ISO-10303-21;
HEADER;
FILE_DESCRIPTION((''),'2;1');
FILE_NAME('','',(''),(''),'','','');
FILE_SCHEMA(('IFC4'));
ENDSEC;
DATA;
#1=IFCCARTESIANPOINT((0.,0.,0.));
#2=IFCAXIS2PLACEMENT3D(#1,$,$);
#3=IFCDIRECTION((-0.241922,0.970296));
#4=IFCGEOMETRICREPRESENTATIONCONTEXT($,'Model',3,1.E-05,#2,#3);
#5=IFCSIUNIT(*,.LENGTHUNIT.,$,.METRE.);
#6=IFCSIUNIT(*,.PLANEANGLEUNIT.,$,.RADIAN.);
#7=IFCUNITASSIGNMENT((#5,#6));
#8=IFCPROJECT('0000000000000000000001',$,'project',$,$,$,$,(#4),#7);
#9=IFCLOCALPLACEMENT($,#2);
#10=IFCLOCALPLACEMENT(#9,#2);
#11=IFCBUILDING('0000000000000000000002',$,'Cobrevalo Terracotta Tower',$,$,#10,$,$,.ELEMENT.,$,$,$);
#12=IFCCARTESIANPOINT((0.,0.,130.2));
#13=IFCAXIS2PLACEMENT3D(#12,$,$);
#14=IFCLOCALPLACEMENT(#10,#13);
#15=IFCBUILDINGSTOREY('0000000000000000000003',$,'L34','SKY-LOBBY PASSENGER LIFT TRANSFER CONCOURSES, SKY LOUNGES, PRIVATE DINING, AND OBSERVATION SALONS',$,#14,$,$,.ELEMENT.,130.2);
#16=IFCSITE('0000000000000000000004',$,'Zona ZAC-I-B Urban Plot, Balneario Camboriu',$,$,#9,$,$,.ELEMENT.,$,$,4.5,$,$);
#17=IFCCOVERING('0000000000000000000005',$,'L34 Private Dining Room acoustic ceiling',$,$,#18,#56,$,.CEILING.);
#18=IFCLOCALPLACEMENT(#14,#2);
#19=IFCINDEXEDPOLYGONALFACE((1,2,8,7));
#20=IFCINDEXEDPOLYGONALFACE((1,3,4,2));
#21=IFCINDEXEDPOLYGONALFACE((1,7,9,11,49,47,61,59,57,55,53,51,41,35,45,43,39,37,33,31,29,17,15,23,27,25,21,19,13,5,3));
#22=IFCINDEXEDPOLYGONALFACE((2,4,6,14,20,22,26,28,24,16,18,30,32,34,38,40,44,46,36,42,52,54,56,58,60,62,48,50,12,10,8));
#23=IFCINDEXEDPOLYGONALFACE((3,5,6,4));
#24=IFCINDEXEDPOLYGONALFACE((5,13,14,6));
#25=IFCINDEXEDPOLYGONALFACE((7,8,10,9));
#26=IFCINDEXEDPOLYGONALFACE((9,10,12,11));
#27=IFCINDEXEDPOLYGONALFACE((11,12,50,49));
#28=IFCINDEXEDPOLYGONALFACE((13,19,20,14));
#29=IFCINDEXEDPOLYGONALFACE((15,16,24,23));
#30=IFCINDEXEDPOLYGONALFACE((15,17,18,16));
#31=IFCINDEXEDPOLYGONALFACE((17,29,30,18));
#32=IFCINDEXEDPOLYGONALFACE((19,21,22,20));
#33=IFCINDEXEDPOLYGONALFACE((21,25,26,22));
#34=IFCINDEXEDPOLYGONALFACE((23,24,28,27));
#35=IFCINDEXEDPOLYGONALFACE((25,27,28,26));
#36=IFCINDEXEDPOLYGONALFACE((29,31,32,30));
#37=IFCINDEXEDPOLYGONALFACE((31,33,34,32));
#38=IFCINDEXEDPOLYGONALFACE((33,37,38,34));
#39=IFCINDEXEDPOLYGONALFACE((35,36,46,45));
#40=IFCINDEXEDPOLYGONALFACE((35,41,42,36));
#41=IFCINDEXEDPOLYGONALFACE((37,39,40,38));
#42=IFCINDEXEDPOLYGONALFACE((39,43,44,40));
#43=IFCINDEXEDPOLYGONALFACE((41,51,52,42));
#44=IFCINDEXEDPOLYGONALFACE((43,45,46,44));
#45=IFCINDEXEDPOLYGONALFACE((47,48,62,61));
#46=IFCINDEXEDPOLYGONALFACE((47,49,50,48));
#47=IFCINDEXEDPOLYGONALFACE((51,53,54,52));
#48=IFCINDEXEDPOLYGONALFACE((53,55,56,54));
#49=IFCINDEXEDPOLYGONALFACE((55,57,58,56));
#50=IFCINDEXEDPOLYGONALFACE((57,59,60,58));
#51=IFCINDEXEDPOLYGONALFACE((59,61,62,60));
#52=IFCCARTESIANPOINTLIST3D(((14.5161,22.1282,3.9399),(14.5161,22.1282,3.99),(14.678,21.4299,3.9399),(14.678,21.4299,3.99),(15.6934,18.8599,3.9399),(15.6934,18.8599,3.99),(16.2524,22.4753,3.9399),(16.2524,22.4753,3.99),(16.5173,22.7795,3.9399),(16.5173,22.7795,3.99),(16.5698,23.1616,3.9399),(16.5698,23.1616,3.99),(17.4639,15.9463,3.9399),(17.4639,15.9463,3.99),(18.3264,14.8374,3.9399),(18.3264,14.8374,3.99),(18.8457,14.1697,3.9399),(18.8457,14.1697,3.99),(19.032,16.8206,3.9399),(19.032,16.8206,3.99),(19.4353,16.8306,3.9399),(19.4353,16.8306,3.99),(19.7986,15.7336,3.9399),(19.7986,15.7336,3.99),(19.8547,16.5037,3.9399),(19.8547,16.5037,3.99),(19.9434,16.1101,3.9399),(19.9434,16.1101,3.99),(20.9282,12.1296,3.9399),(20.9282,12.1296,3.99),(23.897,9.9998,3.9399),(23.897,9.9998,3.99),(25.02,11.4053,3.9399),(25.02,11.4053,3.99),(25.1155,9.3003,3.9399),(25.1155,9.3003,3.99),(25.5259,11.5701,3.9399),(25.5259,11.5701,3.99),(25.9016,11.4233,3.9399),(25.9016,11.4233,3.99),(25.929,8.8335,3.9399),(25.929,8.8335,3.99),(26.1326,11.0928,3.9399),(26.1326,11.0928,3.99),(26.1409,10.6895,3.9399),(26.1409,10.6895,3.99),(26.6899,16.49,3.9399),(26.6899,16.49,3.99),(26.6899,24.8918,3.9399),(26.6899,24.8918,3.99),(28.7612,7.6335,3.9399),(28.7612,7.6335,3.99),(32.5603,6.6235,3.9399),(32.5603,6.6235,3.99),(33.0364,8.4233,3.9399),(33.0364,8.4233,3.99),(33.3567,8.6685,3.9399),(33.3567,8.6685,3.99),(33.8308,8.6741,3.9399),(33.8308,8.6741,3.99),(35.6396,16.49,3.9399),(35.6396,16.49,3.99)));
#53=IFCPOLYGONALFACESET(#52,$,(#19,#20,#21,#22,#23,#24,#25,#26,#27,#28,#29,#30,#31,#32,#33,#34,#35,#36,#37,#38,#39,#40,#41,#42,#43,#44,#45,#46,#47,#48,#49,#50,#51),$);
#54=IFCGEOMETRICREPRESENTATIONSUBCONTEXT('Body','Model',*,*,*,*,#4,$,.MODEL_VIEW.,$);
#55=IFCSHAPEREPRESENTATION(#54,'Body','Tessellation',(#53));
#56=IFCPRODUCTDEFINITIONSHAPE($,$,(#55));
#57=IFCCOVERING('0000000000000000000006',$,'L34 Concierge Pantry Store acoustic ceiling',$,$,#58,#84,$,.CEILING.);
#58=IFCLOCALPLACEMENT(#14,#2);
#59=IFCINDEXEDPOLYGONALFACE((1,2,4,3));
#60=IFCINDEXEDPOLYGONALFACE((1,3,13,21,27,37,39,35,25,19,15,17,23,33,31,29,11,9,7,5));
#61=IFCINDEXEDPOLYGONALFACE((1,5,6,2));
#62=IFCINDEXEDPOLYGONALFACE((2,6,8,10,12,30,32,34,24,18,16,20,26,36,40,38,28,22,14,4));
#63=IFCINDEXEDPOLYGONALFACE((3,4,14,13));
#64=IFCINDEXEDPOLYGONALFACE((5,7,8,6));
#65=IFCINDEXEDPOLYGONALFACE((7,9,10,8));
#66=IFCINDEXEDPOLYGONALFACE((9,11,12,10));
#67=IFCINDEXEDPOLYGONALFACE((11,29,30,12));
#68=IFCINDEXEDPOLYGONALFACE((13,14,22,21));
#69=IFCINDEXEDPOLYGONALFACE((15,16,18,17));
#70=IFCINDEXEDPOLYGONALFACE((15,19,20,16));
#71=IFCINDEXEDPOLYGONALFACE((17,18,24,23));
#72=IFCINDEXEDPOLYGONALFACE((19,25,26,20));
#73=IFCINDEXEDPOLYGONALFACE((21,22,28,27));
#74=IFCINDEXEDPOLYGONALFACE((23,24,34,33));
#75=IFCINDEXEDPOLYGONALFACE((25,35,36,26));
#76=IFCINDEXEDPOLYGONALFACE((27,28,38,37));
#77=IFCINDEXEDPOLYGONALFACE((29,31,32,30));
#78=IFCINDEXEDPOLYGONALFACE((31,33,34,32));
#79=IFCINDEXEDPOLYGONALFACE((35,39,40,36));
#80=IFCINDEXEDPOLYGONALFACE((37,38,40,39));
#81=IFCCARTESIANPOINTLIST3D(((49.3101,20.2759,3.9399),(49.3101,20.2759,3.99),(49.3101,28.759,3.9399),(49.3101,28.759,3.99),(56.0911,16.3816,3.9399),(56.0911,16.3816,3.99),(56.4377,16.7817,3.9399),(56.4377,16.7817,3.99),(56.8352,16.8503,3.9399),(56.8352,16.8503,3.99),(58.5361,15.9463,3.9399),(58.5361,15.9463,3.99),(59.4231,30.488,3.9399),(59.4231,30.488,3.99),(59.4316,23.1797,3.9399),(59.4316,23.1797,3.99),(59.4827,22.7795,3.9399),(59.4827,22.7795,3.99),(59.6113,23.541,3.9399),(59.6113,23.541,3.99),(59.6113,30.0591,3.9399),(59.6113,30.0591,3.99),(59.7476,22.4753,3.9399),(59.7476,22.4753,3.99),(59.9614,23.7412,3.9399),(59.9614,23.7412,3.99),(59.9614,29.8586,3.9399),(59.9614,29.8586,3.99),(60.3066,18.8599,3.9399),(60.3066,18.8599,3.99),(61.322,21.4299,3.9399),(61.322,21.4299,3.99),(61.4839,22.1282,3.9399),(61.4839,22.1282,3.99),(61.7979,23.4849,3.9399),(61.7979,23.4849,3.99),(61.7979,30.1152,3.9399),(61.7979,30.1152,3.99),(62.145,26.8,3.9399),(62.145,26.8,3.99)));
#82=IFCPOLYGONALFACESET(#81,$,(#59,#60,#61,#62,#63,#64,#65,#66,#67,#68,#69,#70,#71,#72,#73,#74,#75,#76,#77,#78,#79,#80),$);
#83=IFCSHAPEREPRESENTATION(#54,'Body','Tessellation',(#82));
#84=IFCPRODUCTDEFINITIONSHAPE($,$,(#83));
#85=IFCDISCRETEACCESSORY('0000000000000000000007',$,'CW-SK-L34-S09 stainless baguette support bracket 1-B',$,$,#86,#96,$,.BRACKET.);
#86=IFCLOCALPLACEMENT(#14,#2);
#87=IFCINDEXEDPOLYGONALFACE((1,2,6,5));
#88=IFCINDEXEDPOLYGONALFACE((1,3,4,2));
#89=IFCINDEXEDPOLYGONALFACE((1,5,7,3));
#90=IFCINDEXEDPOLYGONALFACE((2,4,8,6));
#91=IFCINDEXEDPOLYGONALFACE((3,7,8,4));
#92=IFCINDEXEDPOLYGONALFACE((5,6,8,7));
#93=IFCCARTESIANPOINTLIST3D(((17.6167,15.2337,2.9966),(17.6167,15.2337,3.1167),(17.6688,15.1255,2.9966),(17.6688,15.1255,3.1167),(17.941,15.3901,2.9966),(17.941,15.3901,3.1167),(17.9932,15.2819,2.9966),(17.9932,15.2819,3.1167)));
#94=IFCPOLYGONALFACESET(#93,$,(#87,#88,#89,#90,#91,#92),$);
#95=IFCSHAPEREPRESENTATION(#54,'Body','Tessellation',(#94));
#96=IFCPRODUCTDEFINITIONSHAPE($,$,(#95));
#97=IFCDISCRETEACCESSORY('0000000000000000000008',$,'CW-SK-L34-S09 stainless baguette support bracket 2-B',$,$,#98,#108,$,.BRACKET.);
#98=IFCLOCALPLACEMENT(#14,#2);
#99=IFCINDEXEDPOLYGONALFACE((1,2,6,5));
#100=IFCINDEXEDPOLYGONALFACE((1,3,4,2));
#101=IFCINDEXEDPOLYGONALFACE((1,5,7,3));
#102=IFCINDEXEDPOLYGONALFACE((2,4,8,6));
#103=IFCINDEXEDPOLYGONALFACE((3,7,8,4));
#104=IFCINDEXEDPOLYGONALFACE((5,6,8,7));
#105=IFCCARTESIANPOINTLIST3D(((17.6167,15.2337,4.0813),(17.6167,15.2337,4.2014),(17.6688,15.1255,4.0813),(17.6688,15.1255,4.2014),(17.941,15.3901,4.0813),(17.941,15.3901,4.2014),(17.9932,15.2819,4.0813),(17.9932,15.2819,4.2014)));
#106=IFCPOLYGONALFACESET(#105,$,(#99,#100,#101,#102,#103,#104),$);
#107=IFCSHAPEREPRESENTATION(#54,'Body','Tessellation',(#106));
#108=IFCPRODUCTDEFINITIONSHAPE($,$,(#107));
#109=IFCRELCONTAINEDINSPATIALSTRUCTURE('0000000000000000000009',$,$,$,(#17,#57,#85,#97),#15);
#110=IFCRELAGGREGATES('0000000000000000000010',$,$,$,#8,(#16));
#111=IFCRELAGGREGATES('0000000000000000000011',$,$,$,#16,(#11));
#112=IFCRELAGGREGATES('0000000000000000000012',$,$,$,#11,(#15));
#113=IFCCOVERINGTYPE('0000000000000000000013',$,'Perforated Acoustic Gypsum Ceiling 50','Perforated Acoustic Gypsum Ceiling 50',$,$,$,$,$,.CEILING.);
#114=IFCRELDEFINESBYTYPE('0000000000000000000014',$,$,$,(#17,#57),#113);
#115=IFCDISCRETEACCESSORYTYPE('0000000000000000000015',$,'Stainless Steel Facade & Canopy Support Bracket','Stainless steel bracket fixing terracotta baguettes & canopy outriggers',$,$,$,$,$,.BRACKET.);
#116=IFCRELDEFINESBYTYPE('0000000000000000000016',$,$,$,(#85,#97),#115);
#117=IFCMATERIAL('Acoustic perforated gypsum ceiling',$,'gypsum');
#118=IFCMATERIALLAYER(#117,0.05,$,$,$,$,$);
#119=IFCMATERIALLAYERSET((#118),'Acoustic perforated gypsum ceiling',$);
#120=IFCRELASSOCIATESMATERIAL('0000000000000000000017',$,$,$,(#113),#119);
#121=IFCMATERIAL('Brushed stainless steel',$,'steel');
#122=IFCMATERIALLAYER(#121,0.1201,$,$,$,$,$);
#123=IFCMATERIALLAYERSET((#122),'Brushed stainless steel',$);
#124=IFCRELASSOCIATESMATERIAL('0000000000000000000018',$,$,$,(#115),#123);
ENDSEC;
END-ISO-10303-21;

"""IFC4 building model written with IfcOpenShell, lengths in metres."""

from ifc_helpers import new_model, si_unit, direction, frame, origin, origin_2d, place, context, subcontext, project, spatial, polyline, rectangle, outline, extrude, source, transform, mapped, material, layer, layer_set, type_object, element, save


model = new_model("IFC4")

# Units and contexts
model_context = context("Model", 3, precision=1e-05, world=origin(), true_north=direction((-0.241922, 0.970296)))
body_context = subcontext(model_context, "Body", "Model", "MODEL_VIEW")
ifc_project = project(units=[si_unit("LENGTHUNIT", "METRE"), si_unit("PLANEANGLEUNIT", "RADIAN")], contexts=[model_context])

# Site, building, storey
site_placement = place(None, origin())
site = spatial("IfcSite", under=ifc_project, at=site_placement, Name="Zona ZAC-I-B Urban Plot, Balneario Camboriu", CompositionType="ELEMENT", RefElevation=4.5)
building_placement = place(site_placement, origin())
building = spatial("IfcBuilding", under=site, at=building_placement, Name="Cobrevalo Terracotta Tower", CompositionType="ELEMENT")
storey_placement = place(building_placement, frame((0.0, 0.0, 130.2)))
storey = spatial("IfcBuildingStorey", under=building, at=storey_placement, Name="L34", Description="SKY-LOBBY PASSENGER LIFT TRANSFER CONCOURSES, SKY LOUNGES, PRIVATE DINING, AND OBSERVATION SALONS", CompositionType="ELEMENT", Elevation=130.2)

# Coverings
ifc_material_1 = material(Name="Acoustic perforated gypsum ceiling", Category="gypsum")
ifc_layer_1 = layer(ifc_material_1, 0.05)
ifc_layer_set_1 = layer_set([ifc_layer_1], Name="Acoustic perforated gypsum ceiling")
covering_type_1 = type_object("IfcCoveringType", Name="Perforated Acoustic Gypsum Ceiling 50", Description="Perforated Acoustic Gypsum Ceiling 50", PredefinedType="CEILING", material=ifc_layer_set_1)
covering_1_placement = place(storey_placement, frame((0.0, 0.0, 3.9399)))
element("IfcCovering", 1, at=covering_1_placement, inside=storey, type_object=covering_type_1, Name="L34 Private Dining Room acoustic ceiling", PredefinedType="CEILING", context=body_context, shape_type="SweptSolid", body=[
    extrude(outline(polyline([(28.7612, 7.6335), (25.929, 8.8335), (25.1155, 9.3003), (26.1409, 10.6895), (26.1326, 11.0928), (25.9016, 11.4233), (25.5259, 11.5701), (25.02, 11.4053), (23.897, 9.9998), (20.9282, 12.1296), (18.8457, 14.1697), (18.3264, 14.8374), (19.7986, 15.7336), (19.9434, 16.1101), (19.8547, 16.5037), (19.4353, 16.8306), (19.032, 16.8206), (17.4639, 15.9463), (15.6934, 18.8599), (14.678, 21.4299), (14.5161, 22.1282), (16.2524, 22.4753), (16.5173, 22.7795), (16.5698, 23.1616), (26.6899, 24.8918), (26.6899, 16.49), (35.6396, 16.49), (33.8308, 8.6741), (33.3567, 8.6685), (33.0364, 8.4233), (32.5603, 6.6235), (28.7612, 7.6335)])), origin(), (0.0, 0.0, 1.0), 0.05),
])
covering_2_placement = place(storey_placement, frame((0.0, 0.0, 3.9399)))
element("IfcCovering", 2, at=covering_2_placement, inside=storey, type_object=covering_type_1, Name="L34 Concierge Pantry Store acoustic ceiling", PredefinedType="CEILING", context=body_context, shape_type="SweptSolid", body=[
    extrude(outline(polyline([(60.3066, 18.8599), (58.5361, 15.9463), (56.8352, 16.8503), (56.4377, 16.7817), (56.0911, 16.3816), (49.3101, 20.2759), (49.3101, 28.759), (59.4231, 30.488), (59.6113, 30.0591), (59.9614, 29.8586), (61.7979, 30.1152), (62.145, 26.8), (61.7979, 23.4849), (59.9614, 23.7412), (59.6113, 23.541), (59.4316, 23.1797), (59.4827, 22.7795), (59.7476, 22.4753), (61.4839, 22.1282), (61.322, 21.4299), (60.3066, 18.8599)])), origin(), (0.0, 0.0, 1.0), 0.05),
])

# Discrete accessories
ifc_material_2 = material(Name="Brushed stainless steel", Category="steel")
ifc_layer_2 = layer(ifc_material_2, 0.1201)
ifc_layer_set_2 = layer_set([ifc_layer_2], Name="Brushed stainless steel")
discrete_accessory_type = type_object("IfcDiscreteAccessoryType", Name="Stainless Steel Facade & Canopy Support Bracket", Description="Stainless steel bracket fixing terracotta baguettes & canopy outriggers", PredefinedType="BRACKET", material=ifc_layer_set_2)
shared_shape_1 = source(origin(), body_context, "Body", "SweptSolid", [
    extrude(rectangle(XDim=0.1201, YDim=0.3601, at=origin_2d()), origin(), (0.0, 0.0, 1.0), 0.1201),
])
for number, where, z_axis, x_axis, name in (
    (3, (17.8049, 15.2578, 2.9966), (0.0, 0.0, 1.0), (0.434209, -0.900812, 0.0), "CW-SK-L34-S09 stainless baguette support bracket 1-B"),
    (4, (17.8049, 15.2578, 4.0813), (0.0, 0.0, 1.0), (0.434209, -0.900812, 0.0), "CW-SK-L34-S09 stainless baguette support bracket 2-B"),
):
    element("IfcDiscreteAccessory", number, at=place(storey_placement, frame(where, z_axis=z_axis, x_axis=x_axis)), inside=storey, type_object=discrete_accessory_type, Name=name, PredefinedType="BRACKET", context=body_context, shape_type="MappedRepresentation", body=[
        mapped(shared_shape_1, transform((0.0, 0.0, 0.0), scale=1.0)),
    ])

save(model, "model.ifc")
